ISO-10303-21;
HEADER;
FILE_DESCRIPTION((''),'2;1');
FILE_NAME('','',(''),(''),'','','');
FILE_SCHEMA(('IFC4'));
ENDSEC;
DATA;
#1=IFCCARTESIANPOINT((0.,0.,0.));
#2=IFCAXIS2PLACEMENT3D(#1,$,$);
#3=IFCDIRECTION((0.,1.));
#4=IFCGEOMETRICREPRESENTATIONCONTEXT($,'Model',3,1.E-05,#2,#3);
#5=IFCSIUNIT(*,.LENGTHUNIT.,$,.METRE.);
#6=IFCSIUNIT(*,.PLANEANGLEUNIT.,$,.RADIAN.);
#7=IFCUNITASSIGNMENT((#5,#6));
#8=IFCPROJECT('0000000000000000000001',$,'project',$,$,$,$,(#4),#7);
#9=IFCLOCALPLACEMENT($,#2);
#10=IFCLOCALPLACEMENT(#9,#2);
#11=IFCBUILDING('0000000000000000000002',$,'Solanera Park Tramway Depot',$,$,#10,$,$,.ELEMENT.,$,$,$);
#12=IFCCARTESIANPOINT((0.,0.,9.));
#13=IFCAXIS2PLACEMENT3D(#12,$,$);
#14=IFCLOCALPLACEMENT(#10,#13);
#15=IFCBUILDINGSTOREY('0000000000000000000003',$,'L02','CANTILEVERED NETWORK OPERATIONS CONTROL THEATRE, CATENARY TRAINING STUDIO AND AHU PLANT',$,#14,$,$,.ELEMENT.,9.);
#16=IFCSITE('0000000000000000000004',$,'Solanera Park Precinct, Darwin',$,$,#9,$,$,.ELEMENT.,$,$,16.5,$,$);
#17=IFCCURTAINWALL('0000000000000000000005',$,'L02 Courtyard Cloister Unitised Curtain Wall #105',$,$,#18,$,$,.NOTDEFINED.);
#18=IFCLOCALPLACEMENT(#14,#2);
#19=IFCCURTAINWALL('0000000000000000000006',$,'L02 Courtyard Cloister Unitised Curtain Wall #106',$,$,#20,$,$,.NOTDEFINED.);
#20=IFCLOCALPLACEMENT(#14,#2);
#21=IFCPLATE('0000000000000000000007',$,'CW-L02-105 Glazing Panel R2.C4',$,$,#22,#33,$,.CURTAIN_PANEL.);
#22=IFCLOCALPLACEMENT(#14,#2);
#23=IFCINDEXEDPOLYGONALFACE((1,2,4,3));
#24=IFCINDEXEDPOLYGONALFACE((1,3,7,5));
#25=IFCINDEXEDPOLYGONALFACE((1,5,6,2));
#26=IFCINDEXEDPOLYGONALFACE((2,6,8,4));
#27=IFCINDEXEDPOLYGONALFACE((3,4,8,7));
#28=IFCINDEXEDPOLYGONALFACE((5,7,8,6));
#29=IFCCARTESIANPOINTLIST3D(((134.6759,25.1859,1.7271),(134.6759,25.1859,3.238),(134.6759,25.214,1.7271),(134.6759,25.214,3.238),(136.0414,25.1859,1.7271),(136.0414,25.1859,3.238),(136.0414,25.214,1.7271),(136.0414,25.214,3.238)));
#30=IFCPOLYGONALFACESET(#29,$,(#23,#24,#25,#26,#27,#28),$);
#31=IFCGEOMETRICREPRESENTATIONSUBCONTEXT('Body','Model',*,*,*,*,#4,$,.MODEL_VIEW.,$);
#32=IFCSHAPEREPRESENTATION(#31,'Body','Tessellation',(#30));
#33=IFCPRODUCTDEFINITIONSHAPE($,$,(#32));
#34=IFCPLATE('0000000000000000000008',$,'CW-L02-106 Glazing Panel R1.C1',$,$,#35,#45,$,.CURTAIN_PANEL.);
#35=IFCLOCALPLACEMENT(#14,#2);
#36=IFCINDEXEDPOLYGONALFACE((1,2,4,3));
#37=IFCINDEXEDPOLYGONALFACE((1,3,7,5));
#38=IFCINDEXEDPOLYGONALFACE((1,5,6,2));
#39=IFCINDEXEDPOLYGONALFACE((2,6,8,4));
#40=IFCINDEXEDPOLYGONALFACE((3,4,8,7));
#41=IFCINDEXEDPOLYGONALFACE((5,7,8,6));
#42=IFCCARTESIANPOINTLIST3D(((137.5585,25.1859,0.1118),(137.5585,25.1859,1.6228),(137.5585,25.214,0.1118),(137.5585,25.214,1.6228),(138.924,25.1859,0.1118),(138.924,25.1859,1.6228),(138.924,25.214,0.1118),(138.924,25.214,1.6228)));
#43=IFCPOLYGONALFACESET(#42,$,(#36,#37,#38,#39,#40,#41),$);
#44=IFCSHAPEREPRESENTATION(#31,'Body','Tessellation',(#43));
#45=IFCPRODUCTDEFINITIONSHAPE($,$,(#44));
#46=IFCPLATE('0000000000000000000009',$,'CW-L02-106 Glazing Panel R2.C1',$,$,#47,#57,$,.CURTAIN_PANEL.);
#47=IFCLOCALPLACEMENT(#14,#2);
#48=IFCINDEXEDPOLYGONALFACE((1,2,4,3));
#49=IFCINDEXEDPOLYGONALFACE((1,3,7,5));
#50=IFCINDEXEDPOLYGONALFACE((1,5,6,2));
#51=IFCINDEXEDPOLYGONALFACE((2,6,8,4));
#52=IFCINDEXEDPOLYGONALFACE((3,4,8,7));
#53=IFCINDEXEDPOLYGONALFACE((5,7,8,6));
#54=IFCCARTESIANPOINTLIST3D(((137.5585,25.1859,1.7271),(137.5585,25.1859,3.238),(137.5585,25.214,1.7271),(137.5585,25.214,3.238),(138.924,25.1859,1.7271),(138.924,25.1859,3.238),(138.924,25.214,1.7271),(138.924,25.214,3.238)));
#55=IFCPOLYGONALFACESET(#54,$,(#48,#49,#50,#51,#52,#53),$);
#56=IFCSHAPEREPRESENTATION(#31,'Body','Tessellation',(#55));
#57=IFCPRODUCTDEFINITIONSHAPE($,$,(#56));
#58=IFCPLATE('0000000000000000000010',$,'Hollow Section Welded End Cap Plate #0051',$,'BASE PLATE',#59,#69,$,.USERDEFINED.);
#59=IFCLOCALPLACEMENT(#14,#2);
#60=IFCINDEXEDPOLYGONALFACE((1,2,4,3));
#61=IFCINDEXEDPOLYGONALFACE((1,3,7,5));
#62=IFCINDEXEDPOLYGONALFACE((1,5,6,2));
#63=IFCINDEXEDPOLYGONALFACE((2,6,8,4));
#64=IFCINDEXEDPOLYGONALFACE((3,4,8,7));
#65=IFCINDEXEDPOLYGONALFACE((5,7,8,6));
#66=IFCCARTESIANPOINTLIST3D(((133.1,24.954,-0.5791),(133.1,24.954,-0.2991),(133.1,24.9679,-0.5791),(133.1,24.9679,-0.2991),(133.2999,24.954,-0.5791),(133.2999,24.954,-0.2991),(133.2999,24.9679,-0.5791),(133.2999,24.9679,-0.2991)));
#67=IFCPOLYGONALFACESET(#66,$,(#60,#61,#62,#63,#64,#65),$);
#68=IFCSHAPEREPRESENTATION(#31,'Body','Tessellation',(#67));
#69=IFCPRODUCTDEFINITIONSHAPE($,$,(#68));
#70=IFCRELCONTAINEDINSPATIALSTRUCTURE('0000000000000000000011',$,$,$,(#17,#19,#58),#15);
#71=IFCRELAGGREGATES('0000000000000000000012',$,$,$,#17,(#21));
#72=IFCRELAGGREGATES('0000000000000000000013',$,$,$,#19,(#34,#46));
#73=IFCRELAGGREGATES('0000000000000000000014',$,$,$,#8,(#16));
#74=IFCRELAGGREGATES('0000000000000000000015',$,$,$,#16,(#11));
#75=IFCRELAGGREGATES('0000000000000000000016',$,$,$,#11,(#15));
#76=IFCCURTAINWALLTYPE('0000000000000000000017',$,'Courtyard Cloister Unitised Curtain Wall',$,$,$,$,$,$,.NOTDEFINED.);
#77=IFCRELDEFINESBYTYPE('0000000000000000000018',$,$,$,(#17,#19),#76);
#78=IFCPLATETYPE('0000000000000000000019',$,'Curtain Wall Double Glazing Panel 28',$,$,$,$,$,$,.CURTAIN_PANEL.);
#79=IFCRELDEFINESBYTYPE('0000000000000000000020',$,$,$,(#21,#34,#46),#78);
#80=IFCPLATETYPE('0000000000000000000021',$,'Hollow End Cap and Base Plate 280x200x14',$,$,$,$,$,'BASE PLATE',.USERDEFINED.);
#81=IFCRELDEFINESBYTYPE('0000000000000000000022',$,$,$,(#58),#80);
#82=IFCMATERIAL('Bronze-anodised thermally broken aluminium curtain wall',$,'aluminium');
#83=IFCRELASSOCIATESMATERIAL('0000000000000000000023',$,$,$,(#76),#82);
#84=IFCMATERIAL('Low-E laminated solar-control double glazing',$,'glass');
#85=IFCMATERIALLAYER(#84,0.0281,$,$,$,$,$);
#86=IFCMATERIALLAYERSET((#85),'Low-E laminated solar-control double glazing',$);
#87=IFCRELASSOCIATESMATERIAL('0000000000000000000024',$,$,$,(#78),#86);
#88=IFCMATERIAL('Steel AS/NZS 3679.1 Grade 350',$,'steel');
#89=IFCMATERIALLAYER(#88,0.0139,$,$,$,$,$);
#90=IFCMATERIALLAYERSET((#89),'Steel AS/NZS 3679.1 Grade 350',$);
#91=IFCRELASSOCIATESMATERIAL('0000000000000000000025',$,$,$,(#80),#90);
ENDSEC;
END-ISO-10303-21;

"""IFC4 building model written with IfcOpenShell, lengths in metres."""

from ifc_helpers import new_model, si_unit, direction, frame, origin, origin_2d, place, context, subcontext, project, spatial, rectangle, extrude, material, layer, layer_set, type_object, element, aggregate, save


model = new_model("IFC4")

# Units and contexts
model_context = context("Model", 3, precision=1e-05, world=origin(), true_north=direction((0.0, 1.0)))
body_context = subcontext(model_context, "Body", "Model", "MODEL_VIEW")
ifc_project = project(units=[si_unit("LENGTHUNIT", "METRE"), si_unit("PLANEANGLEUNIT", "RADIAN")], contexts=[model_context])

# Site, building, storey
site_placement = place(None, origin())
site = spatial("IfcSite", under=ifc_project, at=site_placement, Name="Solanera Park Precinct, Darwin", CompositionType="ELEMENT", RefElevation=16.5)
building_placement = place(site_placement, origin())
building = spatial("IfcBuilding", under=site, at=building_placement, Name="Solanera Park Tramway Depot", CompositionType="ELEMENT")
storey_placement = place(building_placement, frame((0.0, 0.0, 9.0)))
storey = spatial("IfcBuildingStorey", under=building, at=storey_placement, Name="L02", Description="CANTILEVERED NETWORK OPERATIONS CONTROL THEATRE, CATENARY TRAINING STUDIO AND AHU PLANT", CompositionType="ELEMENT", Elevation=9.0)

# Curtain walls
ifc_material_1 = material(Name="Bronze-anodised thermally broken aluminium curtain wall", Category="aluminium")
curtain_wall_type = type_object("IfcCurtainWallType", Name="Courtyard Cloister Unitised Curtain Wall", PredefinedType="NOTDEFINED", material=ifc_material_1)
curtain_wall_1_placement = place(storey_placement, origin())
curtain_wall_1 = element("IfcCurtainWall", 1, at=curtain_wall_1_placement, inside=storey, type_object=curtain_wall_type, Name="L02 Courtyard Cloister Unitised Curtain Wall #105", PredefinedType="NOTDEFINED")
curtain_wall_2_placement = place(storey_placement, origin())
curtain_wall_2 = element("IfcCurtainWall", 2, at=curtain_wall_2_placement, inside=storey, type_object=curtain_wall_type, Name="L02 Courtyard Cloister Unitised Curtain Wall #106", PredefinedType="NOTDEFINED")

# Plates
ifc_material_2 = material(Name="Low-E laminated solar-control double glazing", Category="glass")
ifc_layer_1 = layer(ifc_material_2, 0.0281)
ifc_layer_set_1 = layer_set([ifc_layer_1], Name="Low-E laminated solar-control double glazing")
plate_type_1 = type_object("IfcPlateType", Name="Curtain Wall Double Glazing Panel 28", PredefinedType="CURTAIN_PANEL", material=ifc_layer_set_1)
plate_1_placement = place(storey_placement, frame((135.3586, 25.2, 1.7271), z_axis=(0.0, 0.0, 1.0), x_axis=(1.0, 0.0, 0.0)))
plate_1 = element("IfcPlate", 3, at=plate_1_placement, type_object=plate_type_1, Name="CW-L02-105 Glazing Panel R2.C4", PredefinedType="CURTAIN_PANEL", context=body_context, shape_type="SweptSolid", body=[
    extrude(rectangle(XDim=1.3655, YDim=0.0281, at=origin_2d()), origin(), (0.0, 0.0, 1.0), 1.511),
])
aggregate(curtain_wall_1, [plate_1])
plate_2_placement = place(storey_placement, frame((138.2412, 25.2, 0.1118), z_axis=(0.0, 0.0, 1.0), x_axis=(1.0, 0.0, 0.0)))
plate_2 = element("IfcPlate", 4, at=plate_2_placement, type_object=plate_type_1, Name="CW-L02-106 Glazing Panel R1.C1", PredefinedType="CURTAIN_PANEL", context=body_context, shape_type="SweptSolid", body=[
    extrude(rectangle(XDim=1.3655, YDim=0.0281, at=origin_2d()), origin(), (0.0, 0.0, 1.0), 1.511),
])
plate_3_placement = place(storey_placement, frame((138.2412, 25.2, 1.7271), z_axis=(0.0, 0.0, 1.0), x_axis=(1.0, 0.0, 0.0)))
plate_3 = element("IfcPlate", 5, at=plate_3_placement, type_object=plate_type_1, Name="CW-L02-106 Glazing Panel R2.C1", PredefinedType="CURTAIN_PANEL", context=body_context, shape_type="SweptSolid", body=[
    extrude(rectangle(XDim=1.3655, YDim=0.0281, at=origin_2d()), origin(), (0.0, 0.0, 1.0), 1.511),
])
aggregate(curtain_wall_2, [plate_2, plate_3])
ifc_material_3 = material(Name="Steel AS/NZS 3679.1 Grade 350", Category="steel")
ifc_layer_2 = layer(ifc_material_3, 0.0139)
ifc_layer_set_2 = layer_set([ifc_layer_2], Name="Steel AS/NZS 3679.1 Grade 350")
plate_type_2 = type_object("IfcPlateType", Name="Hollow End Cap and Base Plate 280x200x14", ElementType="BASE PLATE", PredefinedType="USERDEFINED", material=ifc_layer_set_2)
plate_4_placement = place(storey_placement, frame((133.2, 24.9609, -0.5791), z_axis=(0.0, 0.0, 1.0), x_axis=(0.0, 1.0, 0.0)))
element("IfcPlate", 6, at=plate_4_placement, inside=storey, type_object=plate_type_2, Name="Hollow Section Welded End Cap Plate #0051", ObjectType="BASE PLATE", PredefinedType="USERDEFINED", context=body_context, shape_type="SweptSolid", body=[
    extrude(rectangle(XDim=0.0139, YDim=0.2, at=origin_2d()), origin(), (0.0, 0.0, 1.0), 0.28),
])

save(model, "model.ifc")
